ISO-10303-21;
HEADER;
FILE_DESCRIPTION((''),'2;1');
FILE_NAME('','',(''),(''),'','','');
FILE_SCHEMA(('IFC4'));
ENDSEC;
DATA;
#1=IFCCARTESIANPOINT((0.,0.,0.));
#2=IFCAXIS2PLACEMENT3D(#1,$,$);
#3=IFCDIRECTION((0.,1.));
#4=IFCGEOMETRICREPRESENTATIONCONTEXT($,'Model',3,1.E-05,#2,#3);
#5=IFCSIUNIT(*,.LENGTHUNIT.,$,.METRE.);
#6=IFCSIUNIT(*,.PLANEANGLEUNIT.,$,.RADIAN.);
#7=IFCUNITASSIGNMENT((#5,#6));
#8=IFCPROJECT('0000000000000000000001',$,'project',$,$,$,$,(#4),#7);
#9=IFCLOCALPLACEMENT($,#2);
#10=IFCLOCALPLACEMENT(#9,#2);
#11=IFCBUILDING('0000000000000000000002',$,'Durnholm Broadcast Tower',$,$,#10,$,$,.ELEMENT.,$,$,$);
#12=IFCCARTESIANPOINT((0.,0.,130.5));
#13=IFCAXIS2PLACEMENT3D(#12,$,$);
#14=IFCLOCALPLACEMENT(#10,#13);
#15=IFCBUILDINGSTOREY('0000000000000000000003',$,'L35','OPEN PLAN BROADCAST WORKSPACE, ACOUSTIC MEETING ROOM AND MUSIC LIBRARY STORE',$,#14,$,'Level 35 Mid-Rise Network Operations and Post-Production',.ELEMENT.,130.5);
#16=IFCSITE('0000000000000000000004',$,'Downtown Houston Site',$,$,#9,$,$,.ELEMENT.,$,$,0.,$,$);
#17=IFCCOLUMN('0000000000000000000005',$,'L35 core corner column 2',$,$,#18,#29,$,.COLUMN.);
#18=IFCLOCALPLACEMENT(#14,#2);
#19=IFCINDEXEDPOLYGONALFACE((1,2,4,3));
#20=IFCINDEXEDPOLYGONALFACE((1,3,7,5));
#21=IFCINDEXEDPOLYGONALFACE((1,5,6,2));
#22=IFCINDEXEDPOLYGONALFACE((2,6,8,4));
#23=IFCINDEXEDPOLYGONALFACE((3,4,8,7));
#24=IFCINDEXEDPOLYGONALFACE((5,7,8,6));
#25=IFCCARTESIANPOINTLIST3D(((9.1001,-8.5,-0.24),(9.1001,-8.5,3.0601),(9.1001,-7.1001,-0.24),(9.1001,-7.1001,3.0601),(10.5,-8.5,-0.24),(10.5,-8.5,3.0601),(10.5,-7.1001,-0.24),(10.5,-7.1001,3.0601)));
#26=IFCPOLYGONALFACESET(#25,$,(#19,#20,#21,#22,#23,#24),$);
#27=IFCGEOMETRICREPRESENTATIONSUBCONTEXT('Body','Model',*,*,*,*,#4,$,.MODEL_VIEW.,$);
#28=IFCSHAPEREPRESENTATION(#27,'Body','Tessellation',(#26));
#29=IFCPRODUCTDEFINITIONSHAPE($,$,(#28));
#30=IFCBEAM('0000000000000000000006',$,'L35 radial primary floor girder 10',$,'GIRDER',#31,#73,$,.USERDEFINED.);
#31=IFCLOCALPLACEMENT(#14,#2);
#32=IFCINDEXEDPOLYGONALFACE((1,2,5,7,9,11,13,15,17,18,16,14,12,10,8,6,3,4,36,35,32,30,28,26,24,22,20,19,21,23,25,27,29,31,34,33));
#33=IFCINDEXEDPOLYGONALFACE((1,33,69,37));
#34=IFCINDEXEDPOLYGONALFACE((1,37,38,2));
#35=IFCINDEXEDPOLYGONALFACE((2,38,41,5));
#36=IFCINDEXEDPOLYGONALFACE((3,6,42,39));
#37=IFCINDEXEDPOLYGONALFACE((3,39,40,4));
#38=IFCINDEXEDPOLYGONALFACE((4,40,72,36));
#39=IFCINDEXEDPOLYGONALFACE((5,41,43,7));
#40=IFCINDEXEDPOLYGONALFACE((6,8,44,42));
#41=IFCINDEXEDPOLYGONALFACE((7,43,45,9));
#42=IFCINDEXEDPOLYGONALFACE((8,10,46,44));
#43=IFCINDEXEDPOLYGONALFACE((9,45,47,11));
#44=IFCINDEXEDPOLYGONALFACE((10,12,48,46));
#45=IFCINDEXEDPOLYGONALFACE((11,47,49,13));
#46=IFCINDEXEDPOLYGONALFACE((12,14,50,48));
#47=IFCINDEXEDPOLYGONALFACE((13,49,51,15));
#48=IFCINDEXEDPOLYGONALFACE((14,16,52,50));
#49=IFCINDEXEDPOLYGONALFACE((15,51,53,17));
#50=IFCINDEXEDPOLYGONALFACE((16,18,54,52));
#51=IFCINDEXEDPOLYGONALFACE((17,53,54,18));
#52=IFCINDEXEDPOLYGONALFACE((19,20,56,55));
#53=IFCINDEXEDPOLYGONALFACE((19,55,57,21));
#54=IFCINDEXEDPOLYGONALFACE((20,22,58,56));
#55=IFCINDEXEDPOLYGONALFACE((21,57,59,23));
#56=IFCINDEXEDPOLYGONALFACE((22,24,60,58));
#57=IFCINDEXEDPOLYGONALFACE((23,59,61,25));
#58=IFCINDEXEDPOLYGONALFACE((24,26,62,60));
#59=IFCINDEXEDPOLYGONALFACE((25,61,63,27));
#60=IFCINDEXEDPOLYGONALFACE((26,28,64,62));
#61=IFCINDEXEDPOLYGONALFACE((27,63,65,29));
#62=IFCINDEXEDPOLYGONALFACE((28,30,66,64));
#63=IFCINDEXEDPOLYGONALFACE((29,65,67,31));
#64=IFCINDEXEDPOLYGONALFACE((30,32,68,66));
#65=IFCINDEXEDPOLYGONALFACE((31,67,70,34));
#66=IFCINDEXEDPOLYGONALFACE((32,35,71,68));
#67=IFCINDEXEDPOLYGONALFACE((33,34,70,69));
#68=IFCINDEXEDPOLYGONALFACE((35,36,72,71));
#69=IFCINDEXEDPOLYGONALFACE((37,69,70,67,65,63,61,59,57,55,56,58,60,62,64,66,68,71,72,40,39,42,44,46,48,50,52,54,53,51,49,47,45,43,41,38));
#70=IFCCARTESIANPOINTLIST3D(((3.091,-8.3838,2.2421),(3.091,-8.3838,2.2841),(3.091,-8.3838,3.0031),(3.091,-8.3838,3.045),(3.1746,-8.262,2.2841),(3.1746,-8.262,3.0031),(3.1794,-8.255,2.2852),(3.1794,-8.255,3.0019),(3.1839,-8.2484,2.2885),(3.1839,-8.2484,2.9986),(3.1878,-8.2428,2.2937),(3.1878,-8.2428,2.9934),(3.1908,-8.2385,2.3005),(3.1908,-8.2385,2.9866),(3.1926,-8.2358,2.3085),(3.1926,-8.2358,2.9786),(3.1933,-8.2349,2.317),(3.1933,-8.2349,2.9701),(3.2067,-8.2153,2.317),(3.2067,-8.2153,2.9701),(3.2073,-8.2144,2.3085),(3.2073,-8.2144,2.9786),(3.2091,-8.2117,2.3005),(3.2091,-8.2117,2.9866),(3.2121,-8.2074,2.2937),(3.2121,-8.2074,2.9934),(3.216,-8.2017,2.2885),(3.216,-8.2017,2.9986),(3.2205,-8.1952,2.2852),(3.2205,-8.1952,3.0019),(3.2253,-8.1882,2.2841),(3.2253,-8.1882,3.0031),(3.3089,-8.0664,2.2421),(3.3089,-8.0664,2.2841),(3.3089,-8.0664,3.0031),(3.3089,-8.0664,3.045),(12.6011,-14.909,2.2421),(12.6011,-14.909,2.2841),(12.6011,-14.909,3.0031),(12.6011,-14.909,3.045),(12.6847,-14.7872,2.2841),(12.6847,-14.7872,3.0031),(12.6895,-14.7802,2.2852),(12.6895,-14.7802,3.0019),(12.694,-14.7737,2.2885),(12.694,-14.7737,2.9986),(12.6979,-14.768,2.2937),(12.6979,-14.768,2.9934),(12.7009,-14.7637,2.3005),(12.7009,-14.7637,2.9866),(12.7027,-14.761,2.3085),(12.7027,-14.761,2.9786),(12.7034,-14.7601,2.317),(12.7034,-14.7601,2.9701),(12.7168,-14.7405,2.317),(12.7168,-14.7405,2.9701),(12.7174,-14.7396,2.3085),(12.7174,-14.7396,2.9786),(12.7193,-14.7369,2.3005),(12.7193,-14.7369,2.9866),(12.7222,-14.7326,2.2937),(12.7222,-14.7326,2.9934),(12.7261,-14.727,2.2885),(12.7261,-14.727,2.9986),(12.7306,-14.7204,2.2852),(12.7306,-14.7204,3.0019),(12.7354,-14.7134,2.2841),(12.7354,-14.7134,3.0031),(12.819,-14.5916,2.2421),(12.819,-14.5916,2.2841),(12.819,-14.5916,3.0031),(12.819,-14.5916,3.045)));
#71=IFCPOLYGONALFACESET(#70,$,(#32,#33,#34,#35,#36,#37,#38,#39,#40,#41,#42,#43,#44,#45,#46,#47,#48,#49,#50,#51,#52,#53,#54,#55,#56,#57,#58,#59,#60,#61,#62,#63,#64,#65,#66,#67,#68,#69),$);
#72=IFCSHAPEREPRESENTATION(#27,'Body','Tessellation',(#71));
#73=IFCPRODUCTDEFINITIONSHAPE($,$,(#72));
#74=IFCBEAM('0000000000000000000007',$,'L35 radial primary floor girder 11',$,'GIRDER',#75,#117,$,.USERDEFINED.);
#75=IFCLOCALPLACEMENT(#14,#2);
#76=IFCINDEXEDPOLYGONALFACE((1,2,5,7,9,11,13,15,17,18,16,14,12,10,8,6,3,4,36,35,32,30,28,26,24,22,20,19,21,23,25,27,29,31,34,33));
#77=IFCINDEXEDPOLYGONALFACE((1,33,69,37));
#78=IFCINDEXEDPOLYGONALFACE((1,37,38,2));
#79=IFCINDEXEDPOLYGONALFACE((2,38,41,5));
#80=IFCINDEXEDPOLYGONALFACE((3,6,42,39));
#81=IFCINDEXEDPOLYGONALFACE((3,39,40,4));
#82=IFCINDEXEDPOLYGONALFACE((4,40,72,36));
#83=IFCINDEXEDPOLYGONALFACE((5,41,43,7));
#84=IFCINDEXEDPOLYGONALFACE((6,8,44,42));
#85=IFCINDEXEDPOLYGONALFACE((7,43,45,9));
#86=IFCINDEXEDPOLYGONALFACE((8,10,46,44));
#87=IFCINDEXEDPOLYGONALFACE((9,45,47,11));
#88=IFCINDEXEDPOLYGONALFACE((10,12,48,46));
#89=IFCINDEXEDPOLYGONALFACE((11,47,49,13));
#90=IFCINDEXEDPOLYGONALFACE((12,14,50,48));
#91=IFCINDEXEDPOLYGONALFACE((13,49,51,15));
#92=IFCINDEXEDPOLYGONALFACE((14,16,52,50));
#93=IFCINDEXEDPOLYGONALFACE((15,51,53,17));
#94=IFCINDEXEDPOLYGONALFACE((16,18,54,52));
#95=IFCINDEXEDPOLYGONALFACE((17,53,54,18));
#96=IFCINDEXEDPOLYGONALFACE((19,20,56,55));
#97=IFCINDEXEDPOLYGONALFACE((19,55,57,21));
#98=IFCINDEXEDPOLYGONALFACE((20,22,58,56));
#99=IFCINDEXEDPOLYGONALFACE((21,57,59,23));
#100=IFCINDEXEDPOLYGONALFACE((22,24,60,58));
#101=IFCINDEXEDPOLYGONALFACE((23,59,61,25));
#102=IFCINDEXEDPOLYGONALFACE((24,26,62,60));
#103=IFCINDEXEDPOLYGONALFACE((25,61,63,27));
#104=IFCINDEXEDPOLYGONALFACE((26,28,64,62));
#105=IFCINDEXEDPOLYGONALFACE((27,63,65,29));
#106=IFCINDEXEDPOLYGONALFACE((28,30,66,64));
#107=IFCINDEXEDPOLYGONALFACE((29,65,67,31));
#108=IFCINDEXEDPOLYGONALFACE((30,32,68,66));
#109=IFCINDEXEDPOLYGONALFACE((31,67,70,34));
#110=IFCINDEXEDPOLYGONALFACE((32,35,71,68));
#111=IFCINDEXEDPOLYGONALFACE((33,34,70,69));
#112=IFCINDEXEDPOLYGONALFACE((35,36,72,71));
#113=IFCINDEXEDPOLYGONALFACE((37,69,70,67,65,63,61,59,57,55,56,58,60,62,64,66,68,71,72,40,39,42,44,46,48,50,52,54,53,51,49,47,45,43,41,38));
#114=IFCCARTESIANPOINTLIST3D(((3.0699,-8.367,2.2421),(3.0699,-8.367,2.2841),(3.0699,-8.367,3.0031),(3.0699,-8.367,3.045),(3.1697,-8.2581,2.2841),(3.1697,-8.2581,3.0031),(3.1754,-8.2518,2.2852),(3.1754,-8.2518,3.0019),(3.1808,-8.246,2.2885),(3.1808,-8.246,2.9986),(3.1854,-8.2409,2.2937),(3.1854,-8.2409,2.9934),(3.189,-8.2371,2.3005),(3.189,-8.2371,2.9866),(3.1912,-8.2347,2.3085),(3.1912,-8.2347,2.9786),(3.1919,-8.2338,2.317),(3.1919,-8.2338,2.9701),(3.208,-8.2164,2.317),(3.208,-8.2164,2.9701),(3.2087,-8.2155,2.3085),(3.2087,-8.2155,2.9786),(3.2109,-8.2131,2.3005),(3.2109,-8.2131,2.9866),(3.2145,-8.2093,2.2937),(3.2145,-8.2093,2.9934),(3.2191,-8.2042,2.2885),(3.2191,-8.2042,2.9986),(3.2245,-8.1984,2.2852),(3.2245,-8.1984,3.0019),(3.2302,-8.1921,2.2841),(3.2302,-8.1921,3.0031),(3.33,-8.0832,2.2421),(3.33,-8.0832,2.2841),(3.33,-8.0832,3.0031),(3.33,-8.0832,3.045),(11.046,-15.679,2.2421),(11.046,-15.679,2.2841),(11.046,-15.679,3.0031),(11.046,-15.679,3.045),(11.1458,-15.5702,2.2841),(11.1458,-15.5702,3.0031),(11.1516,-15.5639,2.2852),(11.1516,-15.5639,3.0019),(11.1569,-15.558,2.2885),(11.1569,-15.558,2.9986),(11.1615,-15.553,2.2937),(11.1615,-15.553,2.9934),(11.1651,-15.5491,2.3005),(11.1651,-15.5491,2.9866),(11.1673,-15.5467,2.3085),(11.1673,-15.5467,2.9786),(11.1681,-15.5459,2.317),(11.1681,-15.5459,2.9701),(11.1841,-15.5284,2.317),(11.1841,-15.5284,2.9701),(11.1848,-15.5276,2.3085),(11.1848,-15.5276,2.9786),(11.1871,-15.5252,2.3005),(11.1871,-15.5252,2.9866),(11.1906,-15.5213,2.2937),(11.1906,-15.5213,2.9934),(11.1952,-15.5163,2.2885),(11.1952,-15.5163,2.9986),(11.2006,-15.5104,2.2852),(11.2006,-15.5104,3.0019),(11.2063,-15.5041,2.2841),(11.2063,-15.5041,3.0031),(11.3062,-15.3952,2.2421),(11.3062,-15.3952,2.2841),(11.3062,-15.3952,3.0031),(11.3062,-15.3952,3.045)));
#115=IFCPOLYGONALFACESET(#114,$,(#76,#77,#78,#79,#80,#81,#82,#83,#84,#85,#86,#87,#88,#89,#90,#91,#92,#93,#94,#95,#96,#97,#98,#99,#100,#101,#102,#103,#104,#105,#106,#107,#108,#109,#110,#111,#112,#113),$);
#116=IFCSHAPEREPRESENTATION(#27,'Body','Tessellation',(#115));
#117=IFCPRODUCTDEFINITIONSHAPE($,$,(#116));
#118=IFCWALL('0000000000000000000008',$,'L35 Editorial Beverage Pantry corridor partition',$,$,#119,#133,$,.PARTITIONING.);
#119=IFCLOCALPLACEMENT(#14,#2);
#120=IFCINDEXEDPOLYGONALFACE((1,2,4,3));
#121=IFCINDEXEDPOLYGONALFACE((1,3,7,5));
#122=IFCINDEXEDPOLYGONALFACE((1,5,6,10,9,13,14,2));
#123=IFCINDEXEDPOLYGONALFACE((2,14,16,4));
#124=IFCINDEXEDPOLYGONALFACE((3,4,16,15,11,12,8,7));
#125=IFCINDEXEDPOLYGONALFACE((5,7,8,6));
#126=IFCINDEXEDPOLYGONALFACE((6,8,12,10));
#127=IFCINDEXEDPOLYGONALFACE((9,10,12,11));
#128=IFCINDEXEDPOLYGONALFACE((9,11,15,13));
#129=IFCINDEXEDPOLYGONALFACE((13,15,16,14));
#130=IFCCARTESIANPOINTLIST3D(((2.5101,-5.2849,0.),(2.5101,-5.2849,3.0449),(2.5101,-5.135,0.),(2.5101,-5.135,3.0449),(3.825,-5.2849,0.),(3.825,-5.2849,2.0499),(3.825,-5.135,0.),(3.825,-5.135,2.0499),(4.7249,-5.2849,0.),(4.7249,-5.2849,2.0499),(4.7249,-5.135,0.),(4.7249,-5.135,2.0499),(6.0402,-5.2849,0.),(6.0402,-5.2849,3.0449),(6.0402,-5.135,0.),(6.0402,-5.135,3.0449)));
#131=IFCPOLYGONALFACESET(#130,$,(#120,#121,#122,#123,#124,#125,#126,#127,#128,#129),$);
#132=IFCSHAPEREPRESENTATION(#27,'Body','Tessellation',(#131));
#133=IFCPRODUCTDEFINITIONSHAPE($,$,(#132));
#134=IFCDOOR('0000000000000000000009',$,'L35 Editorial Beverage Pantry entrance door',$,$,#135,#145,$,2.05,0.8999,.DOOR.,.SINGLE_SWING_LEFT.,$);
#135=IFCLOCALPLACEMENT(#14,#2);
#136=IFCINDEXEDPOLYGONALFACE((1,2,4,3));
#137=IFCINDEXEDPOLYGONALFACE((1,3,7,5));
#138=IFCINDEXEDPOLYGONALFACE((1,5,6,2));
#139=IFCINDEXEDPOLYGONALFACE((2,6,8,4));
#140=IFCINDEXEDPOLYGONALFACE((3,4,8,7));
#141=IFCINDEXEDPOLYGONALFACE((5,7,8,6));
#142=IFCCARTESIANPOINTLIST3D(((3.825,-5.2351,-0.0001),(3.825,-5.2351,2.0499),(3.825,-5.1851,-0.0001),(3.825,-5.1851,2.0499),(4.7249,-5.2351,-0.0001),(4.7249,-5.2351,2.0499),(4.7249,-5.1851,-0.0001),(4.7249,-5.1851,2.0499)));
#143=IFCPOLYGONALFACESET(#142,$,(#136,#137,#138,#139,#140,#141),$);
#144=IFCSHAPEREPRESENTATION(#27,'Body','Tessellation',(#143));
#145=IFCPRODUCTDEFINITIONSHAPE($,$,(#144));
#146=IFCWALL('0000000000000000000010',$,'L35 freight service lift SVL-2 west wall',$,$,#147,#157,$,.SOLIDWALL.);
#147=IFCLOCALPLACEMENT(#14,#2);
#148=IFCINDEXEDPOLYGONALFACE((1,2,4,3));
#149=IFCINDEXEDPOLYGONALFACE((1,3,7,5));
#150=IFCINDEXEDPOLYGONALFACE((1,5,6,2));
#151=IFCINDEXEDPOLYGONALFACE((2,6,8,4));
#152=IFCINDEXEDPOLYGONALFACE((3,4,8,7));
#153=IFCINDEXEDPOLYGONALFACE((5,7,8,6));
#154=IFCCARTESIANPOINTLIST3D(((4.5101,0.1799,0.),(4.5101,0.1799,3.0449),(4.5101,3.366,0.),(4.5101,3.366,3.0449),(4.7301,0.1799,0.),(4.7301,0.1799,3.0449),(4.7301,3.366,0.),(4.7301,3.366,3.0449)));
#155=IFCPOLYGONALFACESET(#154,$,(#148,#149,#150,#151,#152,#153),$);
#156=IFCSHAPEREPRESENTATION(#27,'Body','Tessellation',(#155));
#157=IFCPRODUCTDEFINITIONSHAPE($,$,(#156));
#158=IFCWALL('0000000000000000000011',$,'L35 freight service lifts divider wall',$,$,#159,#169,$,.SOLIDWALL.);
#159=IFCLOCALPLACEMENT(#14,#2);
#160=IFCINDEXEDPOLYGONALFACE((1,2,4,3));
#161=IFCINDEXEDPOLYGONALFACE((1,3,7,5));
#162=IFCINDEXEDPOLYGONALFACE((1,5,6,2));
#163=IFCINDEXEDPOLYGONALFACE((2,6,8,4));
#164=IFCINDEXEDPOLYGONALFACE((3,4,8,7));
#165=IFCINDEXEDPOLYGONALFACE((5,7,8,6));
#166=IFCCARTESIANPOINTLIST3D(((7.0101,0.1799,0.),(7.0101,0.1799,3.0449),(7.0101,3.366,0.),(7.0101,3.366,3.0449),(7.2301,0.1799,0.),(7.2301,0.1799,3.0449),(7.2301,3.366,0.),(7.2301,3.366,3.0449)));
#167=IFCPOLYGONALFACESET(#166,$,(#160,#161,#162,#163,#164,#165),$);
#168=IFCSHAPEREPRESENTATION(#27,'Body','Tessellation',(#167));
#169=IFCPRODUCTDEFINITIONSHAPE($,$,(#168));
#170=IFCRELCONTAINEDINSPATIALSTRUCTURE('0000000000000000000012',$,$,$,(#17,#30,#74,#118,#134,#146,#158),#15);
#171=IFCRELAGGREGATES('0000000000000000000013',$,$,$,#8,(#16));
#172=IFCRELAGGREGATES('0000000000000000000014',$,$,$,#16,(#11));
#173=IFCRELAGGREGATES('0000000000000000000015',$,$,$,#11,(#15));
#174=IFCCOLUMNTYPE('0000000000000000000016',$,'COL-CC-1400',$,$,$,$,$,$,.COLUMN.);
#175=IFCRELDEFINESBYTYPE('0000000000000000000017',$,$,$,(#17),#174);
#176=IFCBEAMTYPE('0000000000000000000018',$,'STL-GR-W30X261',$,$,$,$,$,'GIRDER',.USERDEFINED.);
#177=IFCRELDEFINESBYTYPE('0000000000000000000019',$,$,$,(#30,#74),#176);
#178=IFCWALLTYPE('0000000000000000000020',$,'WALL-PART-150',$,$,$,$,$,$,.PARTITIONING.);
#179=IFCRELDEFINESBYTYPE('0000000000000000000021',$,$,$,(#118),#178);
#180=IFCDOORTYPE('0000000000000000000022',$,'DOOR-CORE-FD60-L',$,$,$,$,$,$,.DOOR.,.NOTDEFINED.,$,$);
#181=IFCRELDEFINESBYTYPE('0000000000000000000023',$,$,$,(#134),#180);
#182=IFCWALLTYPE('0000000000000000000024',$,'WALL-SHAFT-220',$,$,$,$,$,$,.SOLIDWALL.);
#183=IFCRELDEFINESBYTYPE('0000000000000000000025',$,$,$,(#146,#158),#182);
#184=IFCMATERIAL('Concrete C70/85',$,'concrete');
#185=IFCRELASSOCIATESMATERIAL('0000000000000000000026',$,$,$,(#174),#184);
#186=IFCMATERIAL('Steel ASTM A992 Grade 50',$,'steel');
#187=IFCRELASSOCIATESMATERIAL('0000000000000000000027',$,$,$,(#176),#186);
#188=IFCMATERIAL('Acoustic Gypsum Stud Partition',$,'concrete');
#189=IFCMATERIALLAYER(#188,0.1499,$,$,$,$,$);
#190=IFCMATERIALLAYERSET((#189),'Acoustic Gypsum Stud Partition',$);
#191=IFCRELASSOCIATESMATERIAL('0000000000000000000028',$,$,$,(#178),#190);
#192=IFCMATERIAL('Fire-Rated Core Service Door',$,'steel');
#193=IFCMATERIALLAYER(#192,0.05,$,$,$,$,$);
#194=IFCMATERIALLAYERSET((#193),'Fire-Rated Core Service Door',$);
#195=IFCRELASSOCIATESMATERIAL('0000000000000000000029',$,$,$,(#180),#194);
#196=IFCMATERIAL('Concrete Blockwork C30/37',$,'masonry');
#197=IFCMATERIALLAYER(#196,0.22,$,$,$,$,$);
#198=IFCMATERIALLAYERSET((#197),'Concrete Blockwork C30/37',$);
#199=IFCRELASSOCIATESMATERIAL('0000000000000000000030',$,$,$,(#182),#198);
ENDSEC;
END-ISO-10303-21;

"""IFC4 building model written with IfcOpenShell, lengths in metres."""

from ifc_helpers import new_model, si_unit, direction, frame, frame_2d, origin, origin_2d, place, context, subcontext, project, spatial, rectangle, i_section, extrude, source, transform, mapped, material, layer, layer_set, material_profile, profile_set, type_object, type_shapes, element, fill, save


model = new_model("IFC4")

# Units and contexts
model_context = context("Model", 3, precision=1e-05, world=origin(), true_north=direction((0.0, 1.0)))
body_context = subcontext(model_context, "Body", "Model", "MODEL_VIEW")
ifc_project = project(units=[si_unit("LENGTHUNIT", "METRE"), si_unit("PLANEANGLEUNIT", "RADIAN")], contexts=[model_context])

# Site, building, storey
site_placement = place(None, origin())
site = spatial("IfcSite", under=ifc_project, at=site_placement, Name="Downtown Houston Site", CompositionType="ELEMENT", RefElevation=0.0)
building_placement = place(site_placement, origin())
building = spatial("IfcBuilding", under=site, at=building_placement, Name="Durnholm Broadcast Tower", CompositionType="ELEMENT")
storey_placement = place(building_placement, frame((0.0, 0.0, 130.5)))
storey = spatial("IfcBuildingStorey", under=building, at=storey_placement, Name="L35", Description="OPEN PLAN BROADCAST WORKSPACE, ACOUSTIC MEETING ROOM AND MUSIC LIBRARY STORE", LongName="Level 35 Mid-Rise Network Operations and Post-Production", CompositionType="ELEMENT", Elevation=130.5)

# Column
ifc_material_1 = material(Name="Concrete C70/85", Category="concrete")
ifc_material_profile_1 = material_profile(ifc_material_1, rectangle(XDim=1.3999, YDim=1.3999, at=origin_2d()), Name="RC1400X1400")
ifc_profile_set_1 = profile_set([ifc_material_profile_1], Name="Concrete C70/85")
column_type = type_object("IfcColumnType", Name="COL-CC-1400", PredefinedType="COLUMN", material=ifc_profile_set_1)
shared_shape_1 = source(origin(), body_context, "Body", "SweptSolid", [
    extrude(rectangle(XDim=1.3999, YDim=1.3999, at=origin_2d()), origin(), (0.0, 0.0, 1.0), 3.3),
])
type_shapes(column_type, [shared_shape_1])
column_placement = place(storey_placement, frame((9.8, -7.8, -0.24), z_axis=(0.0, 0.0, 1.0), x_axis=(1.0, 0.0, 0.0)))
element("IfcColumn", 1, at=column_placement, inside=storey, type_object=column_type, Name="L35 core corner column 2", PredefinedType="COLUMN", context=body_context, shape_type="MappedRepresentation", body=[
    mapped(shared_shape_1, transform((0.0, 0.0, 0.0), x_axis=(1.0, 0.0, 0.0), y_axis=(0.0, 1.0, 0.0), z_axis=(0.0, 0.0, 1.0), scale=1.0)),
])

# Beams
ifc_material_2 = material(Name="Steel ASTM A992 Grade 50", Category="steel")
ifc_material_profile_2 = material_profile(ifc_material_2, i_section(OverallWidth=0.385, OverallDepth=0.803, WebThickness=0.0237, FlangeThickness=0.042, FilletRadius=0.033, at=origin_2d()), Name="W30X261")
ifc_profile_set_2 = profile_set([ifc_material_profile_2], Name="Steel ASTM A992 Grade 50")
beam_type = type_object("IfcBeamType", Name="STL-GR-W30X261", ElementType="GIRDER", PredefinedType="USERDEFINED", material=ifc_profile_set_2)
shared_shape_2 = source(origin(), body_context, "Body", "SweptSolid", [
    extrude(i_section(OverallWidth=0.385, OverallDepth=0.803, WebThickness=0.0237, FlangeThickness=0.042, FilletRadius=0.033, at=origin_2d()), origin(), (0.0, 0.0, 1.0), 11.5334),
])
beam_1_placement = place(storey_placement, frame((3.2, -8.2251, 2.6436), z_axis=(0.824567, -0.565764, 0.0), x_axis=(0.565764, 0.824567, 0.0)))
element("IfcBeam", 2, at=beam_1_placement, inside=storey, type_object=beam_type, Name="L35 radial primary floor girder 10", ObjectType="GIRDER", PredefinedType="USERDEFINED", context=body_context, shape_type="MappedRepresentation", body=[
    mapped(shared_shape_2, transform((0.0, 0.0, 0.0), x_axis=(1.0, 0.0, 0.0), y_axis=(0.0, 1.0, 0.0), z_axis=(0.0, 0.0, 1.0), scale=1.0)),
])
shared_shape_3 = source(origin(), body_context, "Body", "SweptSolid", [
    extrude(i_section(OverallWidth=0.385, OverallDepth=0.803, WebThickness=0.0237, FlangeThickness=0.042, FilletRadius=0.033, at=origin_2d()), origin(), (0.0, 0.0, 1.0), 10.8206),
])
type_shapes(beam_type, [shared_shape_2, shared_shape_3])
beam_2_placement = place(storey_placement, frame((3.2, -8.2251, 2.6436), z_axis=(0.737126, -0.675755, 0.0), x_axis=(0.675755, 0.737126, 0.0)))
element("IfcBeam", 3, at=beam_2_placement, inside=storey, type_object=beam_type, Name="L35 radial primary floor girder 11", ObjectType="GIRDER", PredefinedType="USERDEFINED", context=body_context, shape_type="MappedRepresentation", body=[
    mapped(shared_shape_3, transform((0.0, 0.0, 0.0), x_axis=(1.0, 0.0, 0.0), y_axis=(0.0, 1.0, 0.0), z_axis=(0.0, 0.0, 1.0), scale=1.0)),
])

# Wall, opening, door
ifc_material_3 = material(Name="Acoustic Gypsum Stud Partition", Category="concrete")
ifc_layer_1 = layer(ifc_material_3, 0.1499)
ifc_layer_set_1 = layer_set([ifc_layer_1], Name="Acoustic Gypsum Stud Partition")
wall_type_1 = type_object("IfcWallType", Name="WALL-PART-150", PredefinedType="PARTITIONING", material=ifc_layer_set_1)
wall_1_placement = place(storey_placement, frame((2.51, -5.21, 0.0), z_axis=(0.0, 0.0, 1.0), x_axis=(1.0, 0.0, 0.0)))
wall_1 = element("IfcWall", 4, at=wall_1_placement, inside=storey, type_object=wall_type_1, Name="L35 Editorial Beverage Pantry corridor partition", PredefinedType="PARTITIONING", context=body_context, shape_type="SweptSolid", body=[
    extrude(rectangle(XDim=3.53, YDim=0.1499, at=frame_2d((1.7651, 0.0))), origin(), (0.0, 0.0, 1.0), 3.0449),
])
opening_1_placement = place(wall_1_placement, frame((1.3149, 0.0, 0.0)))
opening_1 = element("IfcOpeningElement", 5, at=opening_1_placement, cuts=wall_1, PredefinedType="OPENING", context=body_context, shape_type="SweptSolid", body=[
    extrude(rectangle(XDim=0.8999, YDim=2.05, at=frame_2d((0.45, 1.0249))), frame((0.0, 0.085, 0.0), z_axis=(0.0, -1.0, 0.0), x_axis=(1.0, 0.0, 0.0)), (0.0, 0.0, 1.0), 0.1699),
])
ifc_material_4 = material(Name="Fire-Rated Core Service Door", Category="steel")
ifc_layer_2 = layer(ifc_material_4, 0.05)
ifc_layer_set_2 = layer_set([ifc_layer_2], Name="Fire-Rated Core Service Door")
door_type_1 = type_object("IfcDoorType", Name="DOOR-CORE-FD60-L", OperationType="NOTDEFINED", PredefinedType="DOOR", material=ifc_layer_set_2)
shared_shape_4 = source(origin(), body_context, "Body", "SweptSolid", [
    extrude(rectangle(XDim=0.8999, YDim=2.05, at=frame_2d((0.45, 1.0249))), frame((0.0, 0.0249, 0.0), z_axis=(0.0, -1.0, 0.0), x_axis=(1.0, 0.0, 0.0)), (0.0, 0.0, 1.0), 0.05),
])
type_shapes(door_type_1, [shared_shape_4])
door_1_placement = place(opening_1_placement, origin())
door_1 = element("IfcDoor", 6, at=door_1_placement, inside=storey, type_object=door_type_1, Name="L35 Editorial Beverage Pantry entrance door", OperationType="SINGLE_SWING_LEFT", OverallHeight=2.05, OverallWidth=0.8999, PredefinedType="DOOR", context=body_context, shape_type="MappedRepresentation", body=[
    mapped(shared_shape_4, transform((0.0, 0.0, 0.0), x_axis=(1.0, 0.0, 0.0), y_axis=(0.0, 1.0, 0.0), z_axis=(0.0, 0.0, 1.0), scale=1.0)),
])
fill(opening_1, door_1)

# Walls
ifc_material_5 = material(Name="Concrete Blockwork C30/37", Category="masonry")
ifc_layer_3 = layer(ifc_material_5, 0.22)
ifc_layer_set_3 = layer_set([ifc_layer_3], Name="Concrete Blockwork C30/37")
wall_type_2 = type_object("IfcWallType", Name="WALL-SHAFT-220", PredefinedType="SOLIDWALL", material=ifc_layer_set_3)
for number, where, z_axis, x_axis, name in (
    (7, (4.6201, 0.1799, 0.0), (0.0, 0.0, 1.0), (0.0, 1.0, 0.0), "L35 freight service lift SVL-2 west wall"),
    (8, (7.1201, 0.1799, 0.0), (0.0, 0.0, 1.0), (0.0, 1.0, 0.0), "L35 freight service lifts divider wall"),
):
    element("IfcWall", number, at=place(storey_placement, frame(where, z_axis=z_axis, x_axis=x_axis)), inside=storey, type_object=wall_type_2, Name=name, PredefinedType="SOLIDWALL", context=body_context, shape_type="SweptSolid", body=[
        extrude(rectangle(XDim=3.186, YDim=0.22, at=frame_2d((1.593, 0.0))), origin(), (0.0, 0.0, 1.0), 3.0449),
    ])

save(model, "model.ifc")
